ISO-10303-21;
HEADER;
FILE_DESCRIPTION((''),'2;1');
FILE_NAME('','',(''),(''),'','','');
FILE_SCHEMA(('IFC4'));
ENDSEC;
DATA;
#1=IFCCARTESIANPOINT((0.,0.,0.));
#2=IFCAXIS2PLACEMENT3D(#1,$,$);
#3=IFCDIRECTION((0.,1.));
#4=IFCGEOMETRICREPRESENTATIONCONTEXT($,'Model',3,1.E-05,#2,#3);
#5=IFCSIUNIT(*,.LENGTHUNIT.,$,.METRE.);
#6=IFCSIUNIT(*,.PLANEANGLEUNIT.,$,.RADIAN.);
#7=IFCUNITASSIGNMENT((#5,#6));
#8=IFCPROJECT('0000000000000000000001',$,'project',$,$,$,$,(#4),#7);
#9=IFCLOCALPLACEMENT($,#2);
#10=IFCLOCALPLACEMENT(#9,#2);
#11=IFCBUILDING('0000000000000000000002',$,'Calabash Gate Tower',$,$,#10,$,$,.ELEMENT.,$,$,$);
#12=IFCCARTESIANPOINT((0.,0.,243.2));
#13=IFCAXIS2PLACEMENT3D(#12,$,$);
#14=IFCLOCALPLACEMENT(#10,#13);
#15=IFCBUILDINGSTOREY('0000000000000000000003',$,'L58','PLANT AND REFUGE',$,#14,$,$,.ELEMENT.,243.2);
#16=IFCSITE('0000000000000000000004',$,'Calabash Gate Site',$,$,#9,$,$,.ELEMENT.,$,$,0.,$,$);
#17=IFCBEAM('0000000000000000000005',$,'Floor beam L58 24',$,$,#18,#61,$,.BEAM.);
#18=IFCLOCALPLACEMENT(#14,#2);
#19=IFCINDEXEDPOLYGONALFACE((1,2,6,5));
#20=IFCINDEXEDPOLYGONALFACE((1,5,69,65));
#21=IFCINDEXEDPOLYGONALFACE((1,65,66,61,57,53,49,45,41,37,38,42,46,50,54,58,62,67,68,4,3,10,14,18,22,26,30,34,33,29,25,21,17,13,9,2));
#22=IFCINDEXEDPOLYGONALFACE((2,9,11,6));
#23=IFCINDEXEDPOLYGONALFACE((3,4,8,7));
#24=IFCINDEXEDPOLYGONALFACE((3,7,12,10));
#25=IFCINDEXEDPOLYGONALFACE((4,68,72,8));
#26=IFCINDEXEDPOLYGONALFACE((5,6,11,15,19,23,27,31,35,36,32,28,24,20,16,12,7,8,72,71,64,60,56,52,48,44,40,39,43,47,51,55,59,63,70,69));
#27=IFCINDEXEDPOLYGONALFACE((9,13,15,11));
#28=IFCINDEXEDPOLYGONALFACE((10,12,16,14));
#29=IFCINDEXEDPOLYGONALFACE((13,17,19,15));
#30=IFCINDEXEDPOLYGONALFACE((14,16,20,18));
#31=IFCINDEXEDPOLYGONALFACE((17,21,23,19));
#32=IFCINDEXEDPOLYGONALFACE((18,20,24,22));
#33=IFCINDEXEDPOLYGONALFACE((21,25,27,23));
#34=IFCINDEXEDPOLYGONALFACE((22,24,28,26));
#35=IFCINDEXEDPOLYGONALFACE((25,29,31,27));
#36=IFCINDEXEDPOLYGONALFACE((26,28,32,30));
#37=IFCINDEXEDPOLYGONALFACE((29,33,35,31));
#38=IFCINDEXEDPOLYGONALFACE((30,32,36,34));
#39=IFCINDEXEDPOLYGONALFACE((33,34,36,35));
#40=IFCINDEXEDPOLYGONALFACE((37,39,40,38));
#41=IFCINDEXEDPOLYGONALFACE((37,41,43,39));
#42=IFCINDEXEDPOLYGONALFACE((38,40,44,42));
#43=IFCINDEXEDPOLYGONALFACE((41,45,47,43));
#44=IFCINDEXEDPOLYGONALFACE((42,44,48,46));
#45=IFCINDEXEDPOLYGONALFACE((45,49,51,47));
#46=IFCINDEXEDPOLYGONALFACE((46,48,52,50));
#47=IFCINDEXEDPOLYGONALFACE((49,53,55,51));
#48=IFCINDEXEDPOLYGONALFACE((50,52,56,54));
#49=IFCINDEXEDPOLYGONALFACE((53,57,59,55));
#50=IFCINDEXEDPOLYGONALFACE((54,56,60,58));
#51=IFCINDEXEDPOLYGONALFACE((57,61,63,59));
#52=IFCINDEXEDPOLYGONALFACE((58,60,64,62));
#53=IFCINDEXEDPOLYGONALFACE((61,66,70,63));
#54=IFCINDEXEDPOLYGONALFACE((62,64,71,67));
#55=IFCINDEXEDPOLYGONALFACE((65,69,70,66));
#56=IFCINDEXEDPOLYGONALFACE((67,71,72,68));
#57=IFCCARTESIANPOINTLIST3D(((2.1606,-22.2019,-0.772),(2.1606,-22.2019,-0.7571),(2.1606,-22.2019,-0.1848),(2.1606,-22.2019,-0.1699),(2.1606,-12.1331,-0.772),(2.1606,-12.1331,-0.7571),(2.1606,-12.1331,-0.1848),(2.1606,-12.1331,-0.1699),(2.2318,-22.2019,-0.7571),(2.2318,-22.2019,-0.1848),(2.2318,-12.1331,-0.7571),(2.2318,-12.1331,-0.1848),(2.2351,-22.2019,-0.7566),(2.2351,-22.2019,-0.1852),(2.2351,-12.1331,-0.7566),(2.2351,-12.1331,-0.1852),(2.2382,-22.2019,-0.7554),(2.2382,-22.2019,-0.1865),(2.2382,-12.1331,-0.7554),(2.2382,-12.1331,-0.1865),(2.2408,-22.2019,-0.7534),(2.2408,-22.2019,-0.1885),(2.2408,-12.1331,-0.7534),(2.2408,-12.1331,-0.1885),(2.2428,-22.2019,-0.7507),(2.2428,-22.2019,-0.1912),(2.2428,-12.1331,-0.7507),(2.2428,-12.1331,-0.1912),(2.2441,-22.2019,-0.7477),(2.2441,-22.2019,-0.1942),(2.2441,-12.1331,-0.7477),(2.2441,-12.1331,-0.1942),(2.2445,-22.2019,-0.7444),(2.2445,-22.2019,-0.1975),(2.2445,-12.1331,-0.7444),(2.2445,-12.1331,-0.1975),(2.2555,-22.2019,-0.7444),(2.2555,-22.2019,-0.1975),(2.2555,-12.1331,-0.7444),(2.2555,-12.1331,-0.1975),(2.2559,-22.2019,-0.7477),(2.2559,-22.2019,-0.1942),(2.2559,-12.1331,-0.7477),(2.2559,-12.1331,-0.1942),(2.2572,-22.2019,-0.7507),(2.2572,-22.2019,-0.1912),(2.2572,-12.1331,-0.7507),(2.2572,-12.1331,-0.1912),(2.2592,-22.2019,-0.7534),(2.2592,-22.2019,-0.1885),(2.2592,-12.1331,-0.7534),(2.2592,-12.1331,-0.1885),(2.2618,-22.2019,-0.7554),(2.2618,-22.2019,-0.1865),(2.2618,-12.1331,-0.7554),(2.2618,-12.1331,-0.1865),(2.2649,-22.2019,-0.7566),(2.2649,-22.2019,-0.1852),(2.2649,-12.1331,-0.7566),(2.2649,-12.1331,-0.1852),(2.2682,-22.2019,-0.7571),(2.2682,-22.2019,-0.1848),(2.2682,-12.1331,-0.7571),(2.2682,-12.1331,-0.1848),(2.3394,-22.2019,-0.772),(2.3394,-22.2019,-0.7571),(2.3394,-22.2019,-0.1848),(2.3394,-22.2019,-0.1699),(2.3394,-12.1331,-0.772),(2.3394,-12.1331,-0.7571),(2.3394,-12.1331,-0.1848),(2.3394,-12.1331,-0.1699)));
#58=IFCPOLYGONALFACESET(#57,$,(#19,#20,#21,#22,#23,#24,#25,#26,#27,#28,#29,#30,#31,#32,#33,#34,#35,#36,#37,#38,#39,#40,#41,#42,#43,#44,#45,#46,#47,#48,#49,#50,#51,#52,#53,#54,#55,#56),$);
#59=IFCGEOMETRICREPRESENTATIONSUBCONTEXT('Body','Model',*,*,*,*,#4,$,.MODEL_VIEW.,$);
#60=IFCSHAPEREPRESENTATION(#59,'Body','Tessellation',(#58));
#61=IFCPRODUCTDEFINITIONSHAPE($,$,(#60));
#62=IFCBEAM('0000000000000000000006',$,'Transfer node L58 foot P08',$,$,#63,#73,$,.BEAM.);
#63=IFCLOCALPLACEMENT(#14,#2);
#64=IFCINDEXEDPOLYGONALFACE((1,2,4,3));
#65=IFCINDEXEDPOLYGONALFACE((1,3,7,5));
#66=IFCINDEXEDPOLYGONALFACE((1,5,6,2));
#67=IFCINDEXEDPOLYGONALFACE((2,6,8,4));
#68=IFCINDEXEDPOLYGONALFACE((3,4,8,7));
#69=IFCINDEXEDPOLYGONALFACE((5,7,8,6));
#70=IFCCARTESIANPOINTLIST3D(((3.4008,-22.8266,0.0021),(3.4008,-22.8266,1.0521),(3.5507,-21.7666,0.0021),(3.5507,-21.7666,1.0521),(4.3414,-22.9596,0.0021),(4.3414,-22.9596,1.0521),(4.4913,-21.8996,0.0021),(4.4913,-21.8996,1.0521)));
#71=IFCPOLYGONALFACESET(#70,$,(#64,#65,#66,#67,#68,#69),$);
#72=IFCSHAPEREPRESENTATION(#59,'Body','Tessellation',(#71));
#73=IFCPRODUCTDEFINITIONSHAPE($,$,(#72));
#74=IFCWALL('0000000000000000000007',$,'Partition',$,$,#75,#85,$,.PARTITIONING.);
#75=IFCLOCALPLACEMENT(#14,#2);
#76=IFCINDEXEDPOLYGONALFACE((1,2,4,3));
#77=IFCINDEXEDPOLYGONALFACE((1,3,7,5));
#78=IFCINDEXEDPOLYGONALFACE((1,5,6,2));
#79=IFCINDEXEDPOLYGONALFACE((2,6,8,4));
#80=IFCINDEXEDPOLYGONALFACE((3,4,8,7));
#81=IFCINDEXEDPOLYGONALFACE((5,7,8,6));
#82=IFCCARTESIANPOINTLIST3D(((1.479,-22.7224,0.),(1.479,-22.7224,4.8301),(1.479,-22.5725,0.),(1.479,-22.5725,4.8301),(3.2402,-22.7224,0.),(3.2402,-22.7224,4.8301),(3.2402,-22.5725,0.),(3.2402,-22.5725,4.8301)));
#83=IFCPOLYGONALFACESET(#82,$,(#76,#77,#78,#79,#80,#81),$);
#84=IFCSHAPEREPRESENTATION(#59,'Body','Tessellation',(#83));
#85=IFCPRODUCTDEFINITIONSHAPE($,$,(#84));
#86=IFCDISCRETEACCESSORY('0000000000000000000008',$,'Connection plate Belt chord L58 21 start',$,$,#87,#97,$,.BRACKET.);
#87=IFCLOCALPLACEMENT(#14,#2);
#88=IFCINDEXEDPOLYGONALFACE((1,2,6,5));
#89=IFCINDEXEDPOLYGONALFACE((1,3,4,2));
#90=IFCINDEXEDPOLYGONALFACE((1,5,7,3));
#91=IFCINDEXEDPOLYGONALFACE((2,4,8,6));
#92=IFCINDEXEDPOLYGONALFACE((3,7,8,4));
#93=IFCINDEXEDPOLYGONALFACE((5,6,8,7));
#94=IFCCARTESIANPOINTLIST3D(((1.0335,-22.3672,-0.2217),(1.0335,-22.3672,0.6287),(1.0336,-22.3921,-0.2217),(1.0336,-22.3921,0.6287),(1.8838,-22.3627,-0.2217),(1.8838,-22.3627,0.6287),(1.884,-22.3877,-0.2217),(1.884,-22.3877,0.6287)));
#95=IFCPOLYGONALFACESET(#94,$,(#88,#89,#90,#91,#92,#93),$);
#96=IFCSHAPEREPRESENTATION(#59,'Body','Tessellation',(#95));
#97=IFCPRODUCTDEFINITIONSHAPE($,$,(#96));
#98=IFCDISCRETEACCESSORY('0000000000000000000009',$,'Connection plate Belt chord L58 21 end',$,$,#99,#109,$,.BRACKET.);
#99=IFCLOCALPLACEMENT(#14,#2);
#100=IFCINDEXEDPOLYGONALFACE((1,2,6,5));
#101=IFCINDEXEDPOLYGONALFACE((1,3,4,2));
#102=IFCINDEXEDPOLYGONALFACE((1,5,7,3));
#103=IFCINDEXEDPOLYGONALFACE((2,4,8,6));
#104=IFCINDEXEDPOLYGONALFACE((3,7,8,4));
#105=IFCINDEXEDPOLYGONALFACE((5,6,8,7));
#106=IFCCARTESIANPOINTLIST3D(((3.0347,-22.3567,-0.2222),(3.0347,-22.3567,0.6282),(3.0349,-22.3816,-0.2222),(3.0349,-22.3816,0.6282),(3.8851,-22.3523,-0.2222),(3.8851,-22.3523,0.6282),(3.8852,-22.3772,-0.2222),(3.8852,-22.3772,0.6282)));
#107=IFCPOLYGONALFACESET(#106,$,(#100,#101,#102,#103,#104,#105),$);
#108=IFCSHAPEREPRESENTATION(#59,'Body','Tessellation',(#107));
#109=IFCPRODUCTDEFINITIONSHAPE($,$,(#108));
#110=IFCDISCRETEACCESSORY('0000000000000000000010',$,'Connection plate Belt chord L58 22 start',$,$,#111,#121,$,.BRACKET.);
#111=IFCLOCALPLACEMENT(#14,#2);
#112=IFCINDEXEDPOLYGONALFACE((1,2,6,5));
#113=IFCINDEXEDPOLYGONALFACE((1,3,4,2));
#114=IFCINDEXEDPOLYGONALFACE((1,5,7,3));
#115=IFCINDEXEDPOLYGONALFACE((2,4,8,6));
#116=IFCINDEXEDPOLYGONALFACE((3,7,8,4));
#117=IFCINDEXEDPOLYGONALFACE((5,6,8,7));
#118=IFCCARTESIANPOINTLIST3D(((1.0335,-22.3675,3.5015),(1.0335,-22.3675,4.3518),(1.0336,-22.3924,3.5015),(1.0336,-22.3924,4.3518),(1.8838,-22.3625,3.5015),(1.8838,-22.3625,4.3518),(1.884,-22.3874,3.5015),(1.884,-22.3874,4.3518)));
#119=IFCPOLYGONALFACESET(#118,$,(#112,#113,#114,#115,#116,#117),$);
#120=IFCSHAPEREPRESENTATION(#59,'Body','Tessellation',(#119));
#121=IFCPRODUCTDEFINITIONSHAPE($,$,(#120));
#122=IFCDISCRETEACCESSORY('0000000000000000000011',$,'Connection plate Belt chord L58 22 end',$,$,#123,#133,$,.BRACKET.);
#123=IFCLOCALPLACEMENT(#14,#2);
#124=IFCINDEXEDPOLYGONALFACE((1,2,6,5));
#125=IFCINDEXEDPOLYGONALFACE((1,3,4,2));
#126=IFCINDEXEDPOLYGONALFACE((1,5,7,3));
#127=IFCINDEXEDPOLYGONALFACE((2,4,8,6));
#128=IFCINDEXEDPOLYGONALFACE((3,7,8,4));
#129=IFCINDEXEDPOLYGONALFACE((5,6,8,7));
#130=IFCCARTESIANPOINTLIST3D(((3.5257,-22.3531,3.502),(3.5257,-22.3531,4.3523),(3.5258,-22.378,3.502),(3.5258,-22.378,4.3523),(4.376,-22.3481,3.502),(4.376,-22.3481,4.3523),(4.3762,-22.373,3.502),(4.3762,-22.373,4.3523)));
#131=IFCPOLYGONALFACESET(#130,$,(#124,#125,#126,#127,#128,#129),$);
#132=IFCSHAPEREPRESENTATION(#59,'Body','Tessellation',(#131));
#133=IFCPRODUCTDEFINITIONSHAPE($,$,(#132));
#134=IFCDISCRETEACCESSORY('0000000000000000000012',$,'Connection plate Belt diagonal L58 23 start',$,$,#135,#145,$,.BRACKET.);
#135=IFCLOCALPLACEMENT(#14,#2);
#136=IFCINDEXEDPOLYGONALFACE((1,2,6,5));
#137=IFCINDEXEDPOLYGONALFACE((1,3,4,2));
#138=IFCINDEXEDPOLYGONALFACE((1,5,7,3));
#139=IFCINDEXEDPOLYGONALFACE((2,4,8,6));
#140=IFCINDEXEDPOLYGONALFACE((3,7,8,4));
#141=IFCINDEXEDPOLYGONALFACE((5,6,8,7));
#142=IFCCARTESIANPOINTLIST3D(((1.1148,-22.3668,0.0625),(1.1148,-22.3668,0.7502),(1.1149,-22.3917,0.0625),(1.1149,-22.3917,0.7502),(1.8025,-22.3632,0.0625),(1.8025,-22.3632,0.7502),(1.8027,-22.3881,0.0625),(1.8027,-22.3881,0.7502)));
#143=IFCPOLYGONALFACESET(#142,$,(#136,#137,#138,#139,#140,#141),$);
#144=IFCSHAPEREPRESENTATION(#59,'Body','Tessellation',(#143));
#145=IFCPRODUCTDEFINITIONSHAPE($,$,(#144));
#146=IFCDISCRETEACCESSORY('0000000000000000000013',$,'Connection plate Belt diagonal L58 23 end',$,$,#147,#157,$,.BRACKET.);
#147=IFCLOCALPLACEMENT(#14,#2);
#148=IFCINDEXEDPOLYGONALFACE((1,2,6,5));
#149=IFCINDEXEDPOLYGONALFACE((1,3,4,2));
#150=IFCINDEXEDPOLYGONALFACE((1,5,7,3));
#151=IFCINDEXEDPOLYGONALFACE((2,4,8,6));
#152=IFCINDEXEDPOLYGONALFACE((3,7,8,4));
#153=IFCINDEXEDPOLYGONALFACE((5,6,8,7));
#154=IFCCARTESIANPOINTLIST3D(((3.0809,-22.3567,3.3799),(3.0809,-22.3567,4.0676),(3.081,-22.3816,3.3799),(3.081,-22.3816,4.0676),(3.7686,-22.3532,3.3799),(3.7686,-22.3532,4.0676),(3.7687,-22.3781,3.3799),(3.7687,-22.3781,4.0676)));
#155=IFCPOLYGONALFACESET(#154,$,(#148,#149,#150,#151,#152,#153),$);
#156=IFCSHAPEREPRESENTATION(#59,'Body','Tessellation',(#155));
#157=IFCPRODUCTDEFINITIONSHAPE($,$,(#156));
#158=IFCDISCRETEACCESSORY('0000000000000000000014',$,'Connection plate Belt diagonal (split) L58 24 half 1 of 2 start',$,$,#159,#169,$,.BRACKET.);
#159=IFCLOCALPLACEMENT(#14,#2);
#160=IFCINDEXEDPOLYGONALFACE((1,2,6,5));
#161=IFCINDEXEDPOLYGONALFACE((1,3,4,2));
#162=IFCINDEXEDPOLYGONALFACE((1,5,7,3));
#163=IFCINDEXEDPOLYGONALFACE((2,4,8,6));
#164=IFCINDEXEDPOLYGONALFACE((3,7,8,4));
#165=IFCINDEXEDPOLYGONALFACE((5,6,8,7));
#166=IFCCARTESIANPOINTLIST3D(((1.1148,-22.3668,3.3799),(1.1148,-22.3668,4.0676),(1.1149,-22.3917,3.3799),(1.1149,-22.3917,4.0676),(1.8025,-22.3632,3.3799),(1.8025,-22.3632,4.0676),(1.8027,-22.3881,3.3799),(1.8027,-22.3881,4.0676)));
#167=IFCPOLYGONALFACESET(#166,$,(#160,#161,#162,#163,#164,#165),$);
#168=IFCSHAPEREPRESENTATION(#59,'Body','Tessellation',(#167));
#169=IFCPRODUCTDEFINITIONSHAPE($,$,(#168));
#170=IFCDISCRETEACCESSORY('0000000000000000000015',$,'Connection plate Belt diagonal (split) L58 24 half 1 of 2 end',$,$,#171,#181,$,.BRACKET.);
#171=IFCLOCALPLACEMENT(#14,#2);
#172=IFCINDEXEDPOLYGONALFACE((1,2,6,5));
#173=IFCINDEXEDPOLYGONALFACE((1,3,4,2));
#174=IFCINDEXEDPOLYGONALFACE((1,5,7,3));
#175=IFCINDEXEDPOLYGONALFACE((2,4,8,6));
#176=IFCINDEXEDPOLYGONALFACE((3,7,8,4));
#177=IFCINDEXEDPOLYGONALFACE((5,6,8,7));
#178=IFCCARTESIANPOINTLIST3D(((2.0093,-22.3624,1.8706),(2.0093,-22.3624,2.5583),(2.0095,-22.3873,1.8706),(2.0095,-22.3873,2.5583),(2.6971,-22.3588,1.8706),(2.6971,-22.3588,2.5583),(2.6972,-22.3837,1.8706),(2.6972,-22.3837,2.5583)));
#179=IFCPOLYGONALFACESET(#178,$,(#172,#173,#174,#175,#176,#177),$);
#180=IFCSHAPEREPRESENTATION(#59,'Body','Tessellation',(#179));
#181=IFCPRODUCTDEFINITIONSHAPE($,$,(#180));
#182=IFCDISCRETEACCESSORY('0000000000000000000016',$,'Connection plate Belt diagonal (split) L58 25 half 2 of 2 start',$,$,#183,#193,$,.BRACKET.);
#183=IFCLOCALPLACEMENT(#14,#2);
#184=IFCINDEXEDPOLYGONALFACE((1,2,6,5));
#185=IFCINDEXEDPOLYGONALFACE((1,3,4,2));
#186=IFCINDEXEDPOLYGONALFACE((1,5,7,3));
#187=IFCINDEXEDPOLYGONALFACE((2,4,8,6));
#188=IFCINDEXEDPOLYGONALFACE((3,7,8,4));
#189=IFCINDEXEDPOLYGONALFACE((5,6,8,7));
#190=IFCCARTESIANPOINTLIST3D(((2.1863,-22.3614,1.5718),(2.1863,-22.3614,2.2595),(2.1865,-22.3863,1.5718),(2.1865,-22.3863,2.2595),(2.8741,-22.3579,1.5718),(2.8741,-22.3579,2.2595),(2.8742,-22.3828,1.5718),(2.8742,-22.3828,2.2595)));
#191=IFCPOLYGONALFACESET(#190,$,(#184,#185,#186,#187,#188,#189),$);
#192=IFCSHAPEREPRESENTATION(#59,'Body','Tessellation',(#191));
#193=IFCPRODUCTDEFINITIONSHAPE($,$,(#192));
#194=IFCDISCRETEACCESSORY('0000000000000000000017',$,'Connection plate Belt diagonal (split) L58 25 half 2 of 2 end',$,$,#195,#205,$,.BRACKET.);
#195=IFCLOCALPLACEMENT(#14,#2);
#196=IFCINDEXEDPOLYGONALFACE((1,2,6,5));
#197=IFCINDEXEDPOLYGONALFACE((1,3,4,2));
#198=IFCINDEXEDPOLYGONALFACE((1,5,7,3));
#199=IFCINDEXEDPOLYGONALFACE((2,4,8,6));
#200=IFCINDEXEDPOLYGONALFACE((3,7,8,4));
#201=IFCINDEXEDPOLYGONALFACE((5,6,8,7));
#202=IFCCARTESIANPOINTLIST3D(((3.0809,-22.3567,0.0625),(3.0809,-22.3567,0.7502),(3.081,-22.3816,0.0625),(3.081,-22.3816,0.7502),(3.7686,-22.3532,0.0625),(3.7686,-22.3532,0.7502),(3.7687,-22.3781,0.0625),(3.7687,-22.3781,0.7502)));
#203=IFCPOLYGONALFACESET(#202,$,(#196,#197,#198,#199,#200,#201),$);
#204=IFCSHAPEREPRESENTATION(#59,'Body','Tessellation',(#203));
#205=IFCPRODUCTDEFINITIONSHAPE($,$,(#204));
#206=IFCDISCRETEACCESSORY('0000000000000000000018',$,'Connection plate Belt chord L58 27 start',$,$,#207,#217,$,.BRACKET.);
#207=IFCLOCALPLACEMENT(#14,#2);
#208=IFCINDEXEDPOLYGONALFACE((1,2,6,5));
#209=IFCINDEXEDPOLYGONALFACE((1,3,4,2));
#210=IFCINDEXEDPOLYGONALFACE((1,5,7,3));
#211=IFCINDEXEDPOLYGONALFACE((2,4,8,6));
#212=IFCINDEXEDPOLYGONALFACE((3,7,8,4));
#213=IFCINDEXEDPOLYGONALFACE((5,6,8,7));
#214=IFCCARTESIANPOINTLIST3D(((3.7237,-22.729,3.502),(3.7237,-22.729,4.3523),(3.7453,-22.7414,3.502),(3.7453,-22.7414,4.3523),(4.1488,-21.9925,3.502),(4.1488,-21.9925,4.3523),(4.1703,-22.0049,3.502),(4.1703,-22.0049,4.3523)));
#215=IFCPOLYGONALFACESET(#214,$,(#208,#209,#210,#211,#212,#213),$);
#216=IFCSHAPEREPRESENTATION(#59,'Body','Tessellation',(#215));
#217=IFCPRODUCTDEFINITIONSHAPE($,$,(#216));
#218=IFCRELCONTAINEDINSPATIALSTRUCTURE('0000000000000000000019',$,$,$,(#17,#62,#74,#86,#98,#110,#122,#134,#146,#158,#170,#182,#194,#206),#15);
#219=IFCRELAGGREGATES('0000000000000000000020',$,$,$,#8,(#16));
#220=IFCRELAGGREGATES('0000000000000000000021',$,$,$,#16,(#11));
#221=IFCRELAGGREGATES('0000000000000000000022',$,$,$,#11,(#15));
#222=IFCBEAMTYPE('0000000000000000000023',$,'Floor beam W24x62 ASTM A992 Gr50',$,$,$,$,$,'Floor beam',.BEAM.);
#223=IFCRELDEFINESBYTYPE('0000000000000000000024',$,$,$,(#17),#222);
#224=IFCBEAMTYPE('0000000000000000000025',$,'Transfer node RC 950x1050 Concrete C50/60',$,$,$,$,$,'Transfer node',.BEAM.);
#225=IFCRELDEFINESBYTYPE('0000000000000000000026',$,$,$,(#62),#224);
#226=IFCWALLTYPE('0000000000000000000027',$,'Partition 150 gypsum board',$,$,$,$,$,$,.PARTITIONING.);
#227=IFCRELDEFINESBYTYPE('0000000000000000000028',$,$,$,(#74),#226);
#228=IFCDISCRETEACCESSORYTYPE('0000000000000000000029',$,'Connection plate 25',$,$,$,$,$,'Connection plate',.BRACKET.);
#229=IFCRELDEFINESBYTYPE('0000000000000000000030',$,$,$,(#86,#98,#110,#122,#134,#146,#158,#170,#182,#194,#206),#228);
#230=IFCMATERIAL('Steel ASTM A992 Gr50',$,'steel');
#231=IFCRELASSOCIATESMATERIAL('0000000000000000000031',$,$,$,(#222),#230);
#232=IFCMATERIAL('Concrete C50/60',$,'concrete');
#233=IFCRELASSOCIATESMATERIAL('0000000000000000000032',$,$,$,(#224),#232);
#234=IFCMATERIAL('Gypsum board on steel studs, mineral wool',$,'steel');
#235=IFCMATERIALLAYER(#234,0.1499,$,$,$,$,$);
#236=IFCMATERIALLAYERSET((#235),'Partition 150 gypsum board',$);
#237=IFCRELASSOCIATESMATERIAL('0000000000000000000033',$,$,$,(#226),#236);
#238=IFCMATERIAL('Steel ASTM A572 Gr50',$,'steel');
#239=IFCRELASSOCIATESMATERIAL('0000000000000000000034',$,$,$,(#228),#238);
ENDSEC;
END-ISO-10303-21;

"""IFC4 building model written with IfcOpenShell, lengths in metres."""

from ifc_helpers import new_model, si_unit, direction, frame, frame_2d, origin, origin_2d, place, context, subcontext, project, spatial, rectangle, i_section, extrude, material, layer, layer_set, material_profile, profile_set, type_object, element, save


model = new_model("IFC4")

# Units and contexts
model_context = context("Model", 3, precision=1e-05, world=origin(), true_north=direction((0.0, 1.0)))
body_context = subcontext(model_context, "Body", "Model", "MODEL_VIEW")
ifc_project = project(units=[si_unit("LENGTHUNIT", "METRE"), si_unit("PLANEANGLEUNIT", "RADIAN")], contexts=[model_context])

# Site, building, storey
site_placement = place(None, origin())
site = spatial("IfcSite", under=ifc_project, at=site_placement, Name="Calabash Gate Site", CompositionType="ELEMENT", RefElevation=0.0)
building_placement = place(site_placement, origin())
building = spatial("IfcBuilding", under=site, at=building_placement, Name="Calabash Gate Tower", CompositionType="ELEMENT")
storey_placement = place(building_placement, frame((0.0, 0.0, 243.2)))
storey = spatial("IfcBuildingStorey", under=building, at=storey_placement, Name="L58", Description="PLANT AND REFUGE", CompositionType="ELEMENT", Elevation=243.2)

# Beams
ifc_material_1 = material(Name="Steel ASTM A992 Gr50", Category="steel")
ifc_material_profile_1 = material_profile(ifc_material_1, i_section(OverallWidth=0.1787, OverallDepth=0.6021, WebThickness=0.011, FlangeThickness=0.0149, FilletRadius=0.0127, at=origin_2d()))
ifc_profile_set_1 = profile_set([ifc_material_profile_1], Name="Steel ASTM A992 Gr50")
beam_type_1 = type_object("IfcBeamType", Name="Floor beam W24x62 ASTM A992 Gr50", ElementType="Floor beam", PredefinedType="BEAM", material=ifc_profile_set_1)
beam_1_placement = place(storey_placement, frame((2.25, -22.2019, -0.4709), z_axis=(0.0, 1.0, 0.0), x_axis=(-1.0, 0.0, 0.0)))
element("IfcBeam", 1, at=beam_1_placement, inside=storey, type_object=beam_type_1, Name="Floor beam L58 24", PredefinedType="BEAM", context=body_context, shape_type="SweptSolid", body=[
    extrude(i_section(OverallWidth=0.1787, OverallDepth=0.6021, WebThickness=0.011, FlangeThickness=0.0149, FilletRadius=0.0127, at=origin_2d()), origin(), (0.0, 0.0, 1.0), 10.0688),
])
ifc_material_2 = material(Name="Concrete C50/60", Category="concrete")
ifc_material_profile_2 = material_profile(ifc_material_2, rectangle(XDim=0.95, YDim=1.05, at=origin_2d()))
ifc_profile_set_2 = profile_set([ifc_material_profile_2], Name="Concrete C50/60")
beam_type_2 = type_object("IfcBeamType", Name="Transfer node RC 950x1050 Concrete C50/60", ElementType="Transfer node", PredefinedType="BEAM", material=ifc_profile_set_2)
beam_2_placement = place(storey_placement, frame((3.8711, -22.8931, 0.5271), z_axis=(0.140016, 0.990149, 0.0), x_axis=(-0.990149, 0.140016, 0.0)))
element("IfcBeam", 2, at=beam_2_placement, inside=storey, type_object=beam_type_2, Name="Transfer node L58 foot P08", PredefinedType="BEAM", context=body_context, shape_type="SweptSolid", body=[
    extrude(rectangle(XDim=0.95, YDim=1.05, at=origin_2d()), origin(), (0.0, 0.0, 1.0), 1.0706),
])

# Wall
ifc_material_3 = material(Name="Gypsum board on steel studs, mineral wool", Category="steel")
ifc_layer = layer(ifc_material_3, 0.1499)
ifc_layer_set = layer_set([ifc_layer], Name="Partition 150 gypsum board")
wall_type = type_object("IfcWallType", Name="Partition 150 gypsum board", PredefinedType="PARTITIONING", material=ifc_layer_set)
wall_placement = place(storey_placement, frame((1.479, -22.6475, 0.0), z_axis=(0.0, 0.0, 1.0), x_axis=(1.0, 0.0, 0.0)))
element("IfcWall", 3, at=wall_placement, inside=storey, type_object=wall_type, Name="Partition", PredefinedType="PARTITIONING", context=body_context, shape_type="SweptSolid", body=[
    extrude(rectangle(XDim=1.7612, YDim=0.1499, at=frame_2d((0.8806, 0.0))), origin(), (0.0, 0.0, 1.0), 4.8301),
])

# Discrete accessories
ifc_material_4 = material(Name="Steel ASTM A572 Gr50", Category="steel")
discrete_accessory_type = type_object("IfcDiscreteAccessoryType", Name="Connection plate 25", ElementType="Connection plate", PredefinedType="BRACKET", material=ifc_material_4)
for number, where, z_axis, x_axis, name in (
    (4, (1.4587, -22.3774, -0.2217), (0.0, 0.0, 1.0), (0.999986, 0.005269, 0.0), "Connection plate Belt chord L58 21 start"),
    (5, (3.46, -22.3669, -0.2222), (0.0, 0.0, 1.0), (0.999986, 0.005269, 0.0), "Connection plate Belt chord L58 21 end"),
    (6, (1.4587, -22.3774, 3.5015), (0.0, 0.0, 1.0), (0.999983, 0.005836, 0.0), "Connection plate Belt chord L58 22 start"),
    (7, (3.9509, -22.363, 3.502), (0.0, 0.0, 1.0), (0.999983, 0.005836, 0.0), "Connection plate Belt chord L58 22 end"),
):
    element("IfcDiscreteAccessory", number, at=place(storey_placement, frame(where, z_axis=z_axis, x_axis=x_axis)), inside=storey, type_object=discrete_accessory_type, Name=name, PredefinedType="BRACKET", context=body_context, shape_type="SweptSolid", body=[
        extrude(rectangle(XDim=0.8503, YDim=0.0249, at=origin_2d()), origin(), (0.0, 0.0, 1.0), 0.8503),
    ])
for number, where, z_axis, x_axis, name in (
    (8, (1.4587, -22.3774, 0.0625), (0.0, 0.0, 1.0), (0.999987, 0.005132, 0.0), "Connection plate Belt diagonal L58 23 start"),
    (9, (3.4248, -22.3674, 3.3799), (0.0, 0.0, 1.0), (0.999987, 0.005132, 0.0), "Connection plate Belt diagonal L58 23 end"),
    (10, (1.4587, -22.3774, 3.3799), (0.0, 0.0, 1.0), (0.999987, 0.005132, 0.0), "Connection plate Belt diagonal (split) L58 24 half 1 of 2 start"),
    (11, (2.3533, -22.373, 1.8706), (0.0, 0.0, 1.0), (0.999987, 0.005132, 0.0), "Connection plate Belt diagonal (split) L58 24 half 1 of 2 end"),
    (12, (2.5303, -22.3721, 1.5718), (0.0, 0.0, 1.0), (0.999987, 0.005131, 0.0), "Connection plate Belt diagonal (split) L58 25 half 2 of 2 start"),
    (13, (3.4248, -22.3674, 0.0625), (0.0, 0.0, 1.0), (0.999987, 0.005131, 0.0), "Connection plate Belt diagonal (split) L58 25 half 2 of 2 end"),
):
    element("IfcDiscreteAccessory", number, at=place(storey_placement, frame(where, z_axis=z_axis, x_axis=x_axis)), inside=storey, type_object=discrete_accessory_type, Name=name, PredefinedType="BRACKET", context=body_context, shape_type="SweptSolid", body=[
        extrude(rectangle(XDim=0.6877, YDim=0.0249, at=origin_2d()), origin(), (0.0, 0.0, 1.0), 0.6877),
    ])
discrete_accessory_placement = place(storey_placement, frame((3.947, -22.3669, 3.502), z_axis=(0.0, 0.0, 1.0), x_axis=(0.499881, 0.866094, 0.0)))
element("IfcDiscreteAccessory", 14, at=discrete_accessory_placement, inside=storey, type_object=discrete_accessory_type, Name="Connection plate Belt chord L58 27 start", PredefinedType="BRACKET", context=body_context, shape_type="SweptSolid", body=[
    extrude(rectangle(XDim=0.8503, YDim=0.0249, at=origin_2d()), origin(), (0.0, 0.0, 1.0), 0.8503),
])

save(model, "model.ifc")
